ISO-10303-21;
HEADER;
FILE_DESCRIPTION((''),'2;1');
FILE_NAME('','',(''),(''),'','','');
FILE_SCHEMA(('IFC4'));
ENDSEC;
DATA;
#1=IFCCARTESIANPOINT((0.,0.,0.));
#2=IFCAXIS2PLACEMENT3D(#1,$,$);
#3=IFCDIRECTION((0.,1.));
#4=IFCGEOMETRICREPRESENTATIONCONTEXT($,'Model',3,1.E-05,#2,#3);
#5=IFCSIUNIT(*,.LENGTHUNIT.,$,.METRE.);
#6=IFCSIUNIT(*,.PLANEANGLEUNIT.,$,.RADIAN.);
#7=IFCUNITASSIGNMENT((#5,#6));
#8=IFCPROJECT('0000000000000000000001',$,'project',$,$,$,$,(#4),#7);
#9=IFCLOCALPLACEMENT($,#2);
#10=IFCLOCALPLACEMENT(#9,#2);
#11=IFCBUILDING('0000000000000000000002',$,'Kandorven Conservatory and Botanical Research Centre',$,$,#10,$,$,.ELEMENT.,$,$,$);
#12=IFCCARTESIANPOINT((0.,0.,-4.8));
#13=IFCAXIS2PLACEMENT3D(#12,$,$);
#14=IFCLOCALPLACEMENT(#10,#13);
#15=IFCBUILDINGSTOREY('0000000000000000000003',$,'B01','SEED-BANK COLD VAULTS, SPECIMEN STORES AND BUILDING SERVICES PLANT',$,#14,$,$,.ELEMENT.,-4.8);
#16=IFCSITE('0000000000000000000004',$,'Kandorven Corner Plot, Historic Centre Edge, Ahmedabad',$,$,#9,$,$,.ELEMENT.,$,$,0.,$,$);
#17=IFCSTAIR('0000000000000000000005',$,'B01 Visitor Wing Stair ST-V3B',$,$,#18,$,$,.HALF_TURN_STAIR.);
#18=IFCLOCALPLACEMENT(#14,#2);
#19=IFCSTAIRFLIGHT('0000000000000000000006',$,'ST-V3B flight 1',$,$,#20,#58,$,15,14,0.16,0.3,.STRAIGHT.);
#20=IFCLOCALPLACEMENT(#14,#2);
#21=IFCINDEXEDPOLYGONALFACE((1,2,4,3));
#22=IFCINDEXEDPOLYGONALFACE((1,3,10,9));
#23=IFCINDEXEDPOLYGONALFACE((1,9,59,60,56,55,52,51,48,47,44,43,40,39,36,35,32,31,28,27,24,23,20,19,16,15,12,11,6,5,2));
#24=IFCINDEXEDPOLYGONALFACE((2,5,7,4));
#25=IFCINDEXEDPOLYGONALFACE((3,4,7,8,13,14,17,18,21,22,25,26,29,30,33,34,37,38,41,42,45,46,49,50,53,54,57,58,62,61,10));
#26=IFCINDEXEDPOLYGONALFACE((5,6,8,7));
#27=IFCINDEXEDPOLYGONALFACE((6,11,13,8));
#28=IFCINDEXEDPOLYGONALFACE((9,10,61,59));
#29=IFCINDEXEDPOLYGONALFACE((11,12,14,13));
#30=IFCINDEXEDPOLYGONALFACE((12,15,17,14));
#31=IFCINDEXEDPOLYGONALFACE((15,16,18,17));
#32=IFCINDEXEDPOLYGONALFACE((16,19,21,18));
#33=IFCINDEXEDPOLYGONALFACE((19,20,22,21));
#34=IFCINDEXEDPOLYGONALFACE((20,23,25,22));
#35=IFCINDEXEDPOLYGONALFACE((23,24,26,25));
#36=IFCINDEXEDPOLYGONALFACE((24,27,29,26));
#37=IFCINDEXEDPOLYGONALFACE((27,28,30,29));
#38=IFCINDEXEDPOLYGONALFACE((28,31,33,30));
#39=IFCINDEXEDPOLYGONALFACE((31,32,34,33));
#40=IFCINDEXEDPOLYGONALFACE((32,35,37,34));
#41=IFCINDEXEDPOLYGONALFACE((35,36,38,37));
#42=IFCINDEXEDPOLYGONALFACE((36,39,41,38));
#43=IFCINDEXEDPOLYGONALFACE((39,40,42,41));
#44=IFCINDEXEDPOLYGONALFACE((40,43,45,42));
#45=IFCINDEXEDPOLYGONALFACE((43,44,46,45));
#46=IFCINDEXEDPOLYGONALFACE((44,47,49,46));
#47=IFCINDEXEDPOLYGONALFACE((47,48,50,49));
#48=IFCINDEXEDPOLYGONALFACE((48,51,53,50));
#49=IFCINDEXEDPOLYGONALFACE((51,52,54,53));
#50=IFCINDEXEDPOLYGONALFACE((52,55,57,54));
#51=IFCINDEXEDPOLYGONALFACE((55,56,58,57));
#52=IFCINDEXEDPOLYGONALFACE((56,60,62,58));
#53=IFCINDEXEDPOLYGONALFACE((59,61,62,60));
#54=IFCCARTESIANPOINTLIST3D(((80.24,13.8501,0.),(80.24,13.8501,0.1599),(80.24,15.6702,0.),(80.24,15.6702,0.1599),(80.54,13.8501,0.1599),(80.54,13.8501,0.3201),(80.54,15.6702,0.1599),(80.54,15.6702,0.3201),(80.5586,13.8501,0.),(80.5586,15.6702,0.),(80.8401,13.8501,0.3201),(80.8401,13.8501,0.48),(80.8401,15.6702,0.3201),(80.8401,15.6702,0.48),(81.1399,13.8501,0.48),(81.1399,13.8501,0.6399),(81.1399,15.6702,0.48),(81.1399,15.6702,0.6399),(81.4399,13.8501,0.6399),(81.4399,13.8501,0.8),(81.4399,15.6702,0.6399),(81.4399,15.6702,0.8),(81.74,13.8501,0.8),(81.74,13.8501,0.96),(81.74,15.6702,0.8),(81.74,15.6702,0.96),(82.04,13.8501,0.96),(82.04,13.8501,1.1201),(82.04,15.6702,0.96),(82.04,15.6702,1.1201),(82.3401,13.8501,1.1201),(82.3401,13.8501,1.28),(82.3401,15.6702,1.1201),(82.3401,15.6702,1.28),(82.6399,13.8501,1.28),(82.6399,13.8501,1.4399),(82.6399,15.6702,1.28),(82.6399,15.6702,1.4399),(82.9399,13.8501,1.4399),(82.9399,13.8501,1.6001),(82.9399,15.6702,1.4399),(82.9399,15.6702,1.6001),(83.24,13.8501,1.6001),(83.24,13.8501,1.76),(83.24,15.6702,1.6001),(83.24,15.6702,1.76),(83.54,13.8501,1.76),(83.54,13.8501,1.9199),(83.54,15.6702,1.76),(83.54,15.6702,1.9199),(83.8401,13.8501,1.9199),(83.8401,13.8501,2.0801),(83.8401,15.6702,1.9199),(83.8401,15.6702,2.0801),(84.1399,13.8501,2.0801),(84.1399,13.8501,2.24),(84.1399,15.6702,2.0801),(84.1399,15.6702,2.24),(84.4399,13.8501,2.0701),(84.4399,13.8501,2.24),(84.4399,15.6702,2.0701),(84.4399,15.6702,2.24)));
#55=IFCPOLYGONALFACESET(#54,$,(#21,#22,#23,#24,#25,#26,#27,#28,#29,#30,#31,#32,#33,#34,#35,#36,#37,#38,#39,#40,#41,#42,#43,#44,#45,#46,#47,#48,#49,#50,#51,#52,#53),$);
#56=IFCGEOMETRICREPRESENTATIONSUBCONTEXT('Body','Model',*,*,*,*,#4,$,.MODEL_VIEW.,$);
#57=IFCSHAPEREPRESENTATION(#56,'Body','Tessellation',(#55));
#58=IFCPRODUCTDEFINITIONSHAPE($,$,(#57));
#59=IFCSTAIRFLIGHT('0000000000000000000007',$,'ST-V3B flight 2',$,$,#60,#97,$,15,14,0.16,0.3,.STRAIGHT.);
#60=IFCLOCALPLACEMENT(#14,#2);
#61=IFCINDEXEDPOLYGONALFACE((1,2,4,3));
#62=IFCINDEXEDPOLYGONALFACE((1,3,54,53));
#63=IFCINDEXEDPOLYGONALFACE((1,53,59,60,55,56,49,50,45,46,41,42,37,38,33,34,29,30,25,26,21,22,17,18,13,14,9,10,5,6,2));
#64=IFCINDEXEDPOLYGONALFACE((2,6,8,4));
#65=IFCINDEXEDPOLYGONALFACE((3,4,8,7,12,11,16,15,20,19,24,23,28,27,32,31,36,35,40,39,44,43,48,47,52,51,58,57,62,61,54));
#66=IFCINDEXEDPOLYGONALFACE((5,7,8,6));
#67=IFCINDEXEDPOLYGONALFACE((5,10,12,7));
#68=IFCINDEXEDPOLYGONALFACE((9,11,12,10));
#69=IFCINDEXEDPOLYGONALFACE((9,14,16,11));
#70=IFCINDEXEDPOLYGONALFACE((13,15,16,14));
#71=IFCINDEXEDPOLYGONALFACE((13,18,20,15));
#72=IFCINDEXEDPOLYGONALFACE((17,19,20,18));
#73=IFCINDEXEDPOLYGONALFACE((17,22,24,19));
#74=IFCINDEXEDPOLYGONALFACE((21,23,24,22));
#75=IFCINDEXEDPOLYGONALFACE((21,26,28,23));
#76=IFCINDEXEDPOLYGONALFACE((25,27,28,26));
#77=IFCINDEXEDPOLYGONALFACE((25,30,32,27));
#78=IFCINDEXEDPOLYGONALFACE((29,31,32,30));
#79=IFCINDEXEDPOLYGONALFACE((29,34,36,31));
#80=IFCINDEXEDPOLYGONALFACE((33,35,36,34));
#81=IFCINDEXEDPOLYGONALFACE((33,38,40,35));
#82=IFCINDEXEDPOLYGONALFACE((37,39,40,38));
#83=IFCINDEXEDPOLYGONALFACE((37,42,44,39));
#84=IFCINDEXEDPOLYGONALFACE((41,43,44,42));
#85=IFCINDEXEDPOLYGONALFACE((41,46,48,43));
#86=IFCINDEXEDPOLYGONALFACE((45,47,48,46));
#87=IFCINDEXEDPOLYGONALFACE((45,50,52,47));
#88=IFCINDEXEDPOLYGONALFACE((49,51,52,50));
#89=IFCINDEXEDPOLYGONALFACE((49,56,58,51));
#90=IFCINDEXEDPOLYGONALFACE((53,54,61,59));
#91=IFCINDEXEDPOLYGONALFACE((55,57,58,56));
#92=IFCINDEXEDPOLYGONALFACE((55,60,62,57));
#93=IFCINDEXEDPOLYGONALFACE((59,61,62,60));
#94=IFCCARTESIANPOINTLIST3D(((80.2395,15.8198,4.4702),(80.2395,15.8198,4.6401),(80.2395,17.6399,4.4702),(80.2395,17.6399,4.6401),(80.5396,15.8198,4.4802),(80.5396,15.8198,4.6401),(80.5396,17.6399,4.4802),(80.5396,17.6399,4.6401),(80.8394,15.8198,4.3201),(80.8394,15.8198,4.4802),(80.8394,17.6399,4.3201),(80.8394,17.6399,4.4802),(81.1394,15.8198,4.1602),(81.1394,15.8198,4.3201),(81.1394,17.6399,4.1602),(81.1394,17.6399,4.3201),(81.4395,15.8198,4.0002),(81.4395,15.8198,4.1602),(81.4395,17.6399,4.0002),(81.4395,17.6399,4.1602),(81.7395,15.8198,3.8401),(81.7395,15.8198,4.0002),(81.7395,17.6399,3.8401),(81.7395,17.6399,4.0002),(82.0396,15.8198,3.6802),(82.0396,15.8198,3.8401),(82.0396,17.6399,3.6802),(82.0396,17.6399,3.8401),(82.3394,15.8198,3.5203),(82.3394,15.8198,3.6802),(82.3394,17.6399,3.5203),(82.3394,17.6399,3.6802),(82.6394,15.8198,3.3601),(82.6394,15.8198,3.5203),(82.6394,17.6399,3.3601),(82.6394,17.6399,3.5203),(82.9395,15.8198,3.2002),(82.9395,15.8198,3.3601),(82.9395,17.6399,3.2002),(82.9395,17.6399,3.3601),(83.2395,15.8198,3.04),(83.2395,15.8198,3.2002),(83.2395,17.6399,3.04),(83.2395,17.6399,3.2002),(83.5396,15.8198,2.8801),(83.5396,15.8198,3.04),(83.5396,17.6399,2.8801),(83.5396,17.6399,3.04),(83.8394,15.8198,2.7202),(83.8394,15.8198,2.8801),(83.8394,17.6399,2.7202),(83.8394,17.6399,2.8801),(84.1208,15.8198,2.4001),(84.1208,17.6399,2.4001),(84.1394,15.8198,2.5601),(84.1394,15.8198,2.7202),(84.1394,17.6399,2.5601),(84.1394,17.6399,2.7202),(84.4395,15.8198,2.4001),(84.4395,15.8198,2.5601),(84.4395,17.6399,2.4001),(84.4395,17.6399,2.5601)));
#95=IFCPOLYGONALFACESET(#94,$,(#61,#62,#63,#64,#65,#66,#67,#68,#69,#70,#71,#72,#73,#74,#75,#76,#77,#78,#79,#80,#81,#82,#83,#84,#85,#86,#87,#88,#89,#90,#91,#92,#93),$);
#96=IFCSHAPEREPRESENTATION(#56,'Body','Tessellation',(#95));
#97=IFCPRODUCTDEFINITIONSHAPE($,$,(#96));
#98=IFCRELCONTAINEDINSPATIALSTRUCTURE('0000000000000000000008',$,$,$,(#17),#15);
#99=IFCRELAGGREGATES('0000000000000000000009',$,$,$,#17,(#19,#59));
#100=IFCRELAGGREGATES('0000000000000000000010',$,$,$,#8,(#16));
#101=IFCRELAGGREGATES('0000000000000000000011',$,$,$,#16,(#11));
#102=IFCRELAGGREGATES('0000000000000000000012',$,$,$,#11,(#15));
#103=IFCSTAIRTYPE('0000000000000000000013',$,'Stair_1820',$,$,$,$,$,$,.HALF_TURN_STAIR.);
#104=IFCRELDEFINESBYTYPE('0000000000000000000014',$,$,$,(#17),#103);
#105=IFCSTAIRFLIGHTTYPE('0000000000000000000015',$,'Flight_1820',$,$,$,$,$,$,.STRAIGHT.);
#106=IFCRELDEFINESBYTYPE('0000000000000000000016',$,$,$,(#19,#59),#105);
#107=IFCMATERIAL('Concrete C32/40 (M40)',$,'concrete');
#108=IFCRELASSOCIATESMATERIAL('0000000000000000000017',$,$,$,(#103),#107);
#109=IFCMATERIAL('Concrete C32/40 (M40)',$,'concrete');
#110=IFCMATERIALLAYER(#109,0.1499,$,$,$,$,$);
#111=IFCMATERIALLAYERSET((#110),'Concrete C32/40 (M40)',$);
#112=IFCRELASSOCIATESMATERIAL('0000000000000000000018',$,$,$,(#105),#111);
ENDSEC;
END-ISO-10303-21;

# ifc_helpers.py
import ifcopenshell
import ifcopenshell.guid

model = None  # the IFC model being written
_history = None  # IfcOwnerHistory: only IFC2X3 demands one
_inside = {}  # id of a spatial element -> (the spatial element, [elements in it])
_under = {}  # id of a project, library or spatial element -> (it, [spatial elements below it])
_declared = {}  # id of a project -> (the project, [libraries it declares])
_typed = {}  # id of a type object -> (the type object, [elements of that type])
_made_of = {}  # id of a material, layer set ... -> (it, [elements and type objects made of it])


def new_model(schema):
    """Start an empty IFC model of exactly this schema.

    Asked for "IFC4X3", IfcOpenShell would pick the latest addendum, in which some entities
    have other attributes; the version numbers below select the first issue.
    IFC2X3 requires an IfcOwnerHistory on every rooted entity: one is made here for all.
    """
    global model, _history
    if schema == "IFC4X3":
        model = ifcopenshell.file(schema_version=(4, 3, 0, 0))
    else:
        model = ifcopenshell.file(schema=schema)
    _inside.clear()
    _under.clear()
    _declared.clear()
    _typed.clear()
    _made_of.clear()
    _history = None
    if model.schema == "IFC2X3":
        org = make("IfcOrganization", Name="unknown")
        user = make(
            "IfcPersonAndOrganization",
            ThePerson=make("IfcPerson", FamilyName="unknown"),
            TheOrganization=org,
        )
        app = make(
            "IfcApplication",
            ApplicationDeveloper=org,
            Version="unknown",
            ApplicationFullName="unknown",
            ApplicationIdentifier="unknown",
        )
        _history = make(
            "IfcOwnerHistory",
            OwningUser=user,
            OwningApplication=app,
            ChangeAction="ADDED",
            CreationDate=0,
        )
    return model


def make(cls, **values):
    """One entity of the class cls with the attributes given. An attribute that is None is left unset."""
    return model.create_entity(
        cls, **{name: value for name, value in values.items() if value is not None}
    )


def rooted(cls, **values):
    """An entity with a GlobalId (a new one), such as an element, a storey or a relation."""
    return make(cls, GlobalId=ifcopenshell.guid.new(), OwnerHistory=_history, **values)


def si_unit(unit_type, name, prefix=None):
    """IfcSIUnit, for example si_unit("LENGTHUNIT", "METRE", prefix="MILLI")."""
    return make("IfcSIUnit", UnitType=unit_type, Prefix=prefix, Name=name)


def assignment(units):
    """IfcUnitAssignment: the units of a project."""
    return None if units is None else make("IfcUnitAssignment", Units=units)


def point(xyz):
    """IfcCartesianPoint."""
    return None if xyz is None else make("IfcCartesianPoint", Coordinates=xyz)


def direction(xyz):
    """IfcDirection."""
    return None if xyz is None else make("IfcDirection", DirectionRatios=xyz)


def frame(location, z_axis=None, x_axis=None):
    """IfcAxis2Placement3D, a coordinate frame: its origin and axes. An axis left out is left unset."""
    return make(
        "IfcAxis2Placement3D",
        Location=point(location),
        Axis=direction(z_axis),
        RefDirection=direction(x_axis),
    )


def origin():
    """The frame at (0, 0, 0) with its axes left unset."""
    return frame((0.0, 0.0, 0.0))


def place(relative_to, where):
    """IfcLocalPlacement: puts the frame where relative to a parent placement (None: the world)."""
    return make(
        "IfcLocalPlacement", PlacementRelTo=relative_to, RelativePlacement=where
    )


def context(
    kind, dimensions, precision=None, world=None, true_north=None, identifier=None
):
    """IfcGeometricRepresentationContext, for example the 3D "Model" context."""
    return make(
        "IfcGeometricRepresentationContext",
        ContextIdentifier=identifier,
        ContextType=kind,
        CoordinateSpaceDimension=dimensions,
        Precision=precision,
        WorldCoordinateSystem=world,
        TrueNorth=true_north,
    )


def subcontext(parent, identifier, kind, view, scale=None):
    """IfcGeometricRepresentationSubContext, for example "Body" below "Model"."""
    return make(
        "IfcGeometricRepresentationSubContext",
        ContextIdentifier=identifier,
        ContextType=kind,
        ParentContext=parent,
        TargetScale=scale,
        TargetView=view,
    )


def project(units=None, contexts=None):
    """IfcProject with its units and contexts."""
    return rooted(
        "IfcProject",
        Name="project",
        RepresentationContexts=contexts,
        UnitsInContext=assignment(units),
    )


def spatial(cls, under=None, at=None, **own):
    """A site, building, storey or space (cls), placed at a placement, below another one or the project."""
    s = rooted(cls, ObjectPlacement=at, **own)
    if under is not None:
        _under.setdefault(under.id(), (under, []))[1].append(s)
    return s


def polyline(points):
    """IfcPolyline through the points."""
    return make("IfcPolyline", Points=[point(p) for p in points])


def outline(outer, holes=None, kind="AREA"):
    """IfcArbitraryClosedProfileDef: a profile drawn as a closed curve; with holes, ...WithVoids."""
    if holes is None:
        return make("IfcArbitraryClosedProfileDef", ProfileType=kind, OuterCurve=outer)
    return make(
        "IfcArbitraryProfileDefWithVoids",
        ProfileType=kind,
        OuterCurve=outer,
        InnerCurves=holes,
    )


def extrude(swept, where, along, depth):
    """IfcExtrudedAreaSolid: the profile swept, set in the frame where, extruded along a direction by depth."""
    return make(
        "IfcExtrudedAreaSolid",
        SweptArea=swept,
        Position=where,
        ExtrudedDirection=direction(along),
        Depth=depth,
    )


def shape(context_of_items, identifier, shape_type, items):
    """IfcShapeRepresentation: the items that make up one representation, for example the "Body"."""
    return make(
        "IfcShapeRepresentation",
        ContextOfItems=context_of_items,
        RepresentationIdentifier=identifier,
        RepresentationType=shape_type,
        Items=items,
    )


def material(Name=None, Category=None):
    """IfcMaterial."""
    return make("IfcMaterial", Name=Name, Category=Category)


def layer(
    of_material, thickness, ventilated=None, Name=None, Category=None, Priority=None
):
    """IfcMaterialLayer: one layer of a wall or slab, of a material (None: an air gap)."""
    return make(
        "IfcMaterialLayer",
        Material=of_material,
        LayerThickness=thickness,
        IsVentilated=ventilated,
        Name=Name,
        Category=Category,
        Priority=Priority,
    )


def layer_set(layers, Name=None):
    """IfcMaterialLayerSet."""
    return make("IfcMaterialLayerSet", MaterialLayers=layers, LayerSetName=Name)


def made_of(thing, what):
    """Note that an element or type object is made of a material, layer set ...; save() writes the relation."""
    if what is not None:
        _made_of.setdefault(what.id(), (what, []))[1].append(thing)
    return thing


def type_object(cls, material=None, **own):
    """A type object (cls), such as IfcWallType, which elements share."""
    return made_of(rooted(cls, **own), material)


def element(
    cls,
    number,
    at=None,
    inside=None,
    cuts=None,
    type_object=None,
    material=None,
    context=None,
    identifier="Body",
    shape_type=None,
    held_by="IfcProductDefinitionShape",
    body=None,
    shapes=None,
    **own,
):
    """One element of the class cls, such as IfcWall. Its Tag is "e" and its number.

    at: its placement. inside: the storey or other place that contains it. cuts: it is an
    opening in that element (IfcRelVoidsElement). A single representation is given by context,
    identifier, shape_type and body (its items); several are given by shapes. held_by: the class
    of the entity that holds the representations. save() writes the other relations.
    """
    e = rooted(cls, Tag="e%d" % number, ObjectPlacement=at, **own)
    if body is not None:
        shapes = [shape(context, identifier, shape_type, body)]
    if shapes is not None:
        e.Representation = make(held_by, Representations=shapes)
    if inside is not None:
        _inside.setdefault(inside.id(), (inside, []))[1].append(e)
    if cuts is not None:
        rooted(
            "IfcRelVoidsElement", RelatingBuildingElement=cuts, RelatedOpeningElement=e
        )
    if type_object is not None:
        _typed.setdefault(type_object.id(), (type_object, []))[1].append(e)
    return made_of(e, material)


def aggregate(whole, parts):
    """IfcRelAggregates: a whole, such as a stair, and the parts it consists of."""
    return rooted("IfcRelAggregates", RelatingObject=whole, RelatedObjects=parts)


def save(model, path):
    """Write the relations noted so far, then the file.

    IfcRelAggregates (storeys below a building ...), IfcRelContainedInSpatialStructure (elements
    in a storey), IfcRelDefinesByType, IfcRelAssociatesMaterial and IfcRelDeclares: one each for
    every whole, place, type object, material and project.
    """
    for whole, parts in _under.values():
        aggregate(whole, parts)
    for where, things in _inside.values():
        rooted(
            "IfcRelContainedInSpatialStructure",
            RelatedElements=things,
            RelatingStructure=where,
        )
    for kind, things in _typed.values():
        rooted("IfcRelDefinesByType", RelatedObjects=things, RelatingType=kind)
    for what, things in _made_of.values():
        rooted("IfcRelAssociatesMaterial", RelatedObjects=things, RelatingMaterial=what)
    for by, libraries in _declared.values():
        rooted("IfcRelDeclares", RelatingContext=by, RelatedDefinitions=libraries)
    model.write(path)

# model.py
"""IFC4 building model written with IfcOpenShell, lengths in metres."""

from ifc_helpers import new_model, si_unit, direction, frame, origin, place, context, subcontext, project, spatial, polyline, outline, extrude, material, layer, layer_set, type_object, element, aggregate, save


model = new_model("IFC4")

# Units and contexts
model_context = context("Model", 3, precision=1e-05, world=origin(), true_north=direction((0.0, 1.0)))
body_context = subcontext(model_context, "Body", "Model", "MODEL_VIEW")
ifc_project = project(units=[si_unit("LENGTHUNIT", "METRE"), si_unit("PLANEANGLEUNIT", "RADIAN")], contexts=[model_context])

# Site, building, storey
site_placement = place(None, origin())
site = spatial("IfcSite", under=ifc_project, at=site_placement, Name="Kandorven Corner Plot, Historic Centre Edge, Ahmedabad", CompositionType="ELEMENT", RefElevation=0.0)
building_placement = place(site_placement, origin())
building = spatial("IfcBuilding", under=site, at=building_placement, Name="Kandorven Conservatory and Botanical Research Centre", CompositionType="ELEMENT")
storey_placement = place(building_placement, frame((0.0, 0.0, -4.8)))
storey = spatial("IfcBuildingStorey", under=building, at=storey_placement, Name="B01", Description="SEED-BANK COLD VAULTS, SPECIMEN STORES AND BUILDING SERVICES PLANT", CompositionType="ELEMENT", Elevation=-4.8)

# Stair, stair flights
ifc_material_1 = material(Name="Concrete C32/40 (M40)", Category="concrete")
stair_type = type_object("IfcStairType", Name="Stair_1820", PredefinedType="HALF_TURN_STAIR", material=ifc_material_1)
stair_placement = place(storey_placement, origin())
stair = element("IfcStair", 1, at=stair_placement, inside=storey, type_object=stair_type, Name="B01 Visitor Wing Stair ST-V3B", PredefinedType="HALF_TURN_STAIR")
ifc_material_2 = material(Name="Concrete C32/40 (M40)", Category="concrete")
ifc_layer_1 = layer(ifc_material_2, 0.1499)
ifc_layer_set_1 = layer_set([ifc_layer_1], Name="Concrete C32/40 (M40)")
stair_flight_type = type_object("IfcStairFlightType", Name="Flight_1820", PredefinedType="STRAIGHT", material=ifc_layer_set_1)
stair_flight_1_placement = place(storey_placement, frame((80.24, 14.76, 0.0), z_axis=(0.0, 0.0, 1.0), x_axis=(1.0, 0.0, 0.0)))
stair_flight_1 = element("IfcStairFlight", 2, at=stair_flight_1_placement, type_object=stair_flight_type, Name="ST-V3B flight 1", NumberOfRisers=15, NumberOfTreads=14, PredefinedType="STRAIGHT", RiserHeight=0.16, TreadLength=0.3, context=body_context, shape_type="SweptSolid", body=[
    extrude(outline(polyline([(0.0, 0.0), (0.0, 0.1599), (0.3, 0.1599), (0.3, 0.3201), (0.6001, 0.3201), (0.6001, 0.48), (0.8999, 0.48), (0.8999, 0.6399), (1.2, 0.6399), (1.2, 0.8), (1.5, 0.8), (1.5, 0.96), (1.8, 0.96), (1.8, 1.1201), (2.1001, 1.1201), (2.1001, 1.28), (2.3999, 1.28), (2.3999, 1.4399), (2.7, 1.4399), (2.7, 1.6001), (3.0, 1.6001), (3.0, 1.76), (3.3, 1.76), (3.3, 1.9199), (3.6001, 1.9199), (3.6001, 2.0801), (3.8999, 2.0801), (3.8999, 2.24), (4.2, 2.24), (4.2, 2.3999), (4.2, 2.0701), (0.3186, 0.0), (0.0, 0.0)])), frame((0.0, 0.9102, 0.0), z_axis=(0.0, -1.0, 0.0), x_axis=(1.0, 0.0, 0.0)), (0.0, 0.0, 1.0), 1.8201),
])
stair_flight_2_placement = place(storey_placement, frame((84.4395, 16.73, 2.4001), z_axis=(0.0, 0.0, 1.0), x_axis=(-1.0, 0.0, 0.0)))
stair_flight_2 = element("IfcStairFlight", 3, at=stair_flight_2_placement, type_object=stair_flight_type, Name="ST-V3B flight 2", NumberOfRisers=15, NumberOfTreads=14, PredefinedType="STRAIGHT", RiserHeight=0.16, TreadLength=0.3, context=body_context, shape_type="SweptSolid", body=[
    extrude(outline(polyline([(0.0, 0.0), (0.0, 0.1599), (0.3, 0.1599), (0.3, 0.3201), (0.6001, 0.3201), (0.6001, 0.48), (0.8999, 0.48), (0.8999, 0.6399), (1.2, 0.6399), (1.2, 0.8), (1.5, 0.8), (1.5, 0.96), (1.8, 0.96), (1.8, 1.1201), (2.1001, 1.1201), (2.1001, 1.28), (2.3999, 1.28), (2.3999, 1.4399), (2.7, 1.4399), (2.7, 1.6001), (3.0, 1.6001), (3.0, 1.76), (3.3, 1.76), (3.3, 1.9199), (3.6001, 1.9199), (3.6001, 2.0801), (3.8999, 2.0801), (3.8999, 2.24), (4.2, 2.24), (4.2, 2.3999), (4.2, 2.0701), (0.3186, 0.0), (0.0, 0.0)])), frame((0.0, 0.9102, 0.0), z_axis=(0.0, -1.0, 0.0), x_axis=(1.0, 0.0, 0.0)), (0.0, 0.0, 1.0), 1.8201),
])
aggregate(stair, [stair_flight_1, stair_flight_2])

save(model, "model.ifc")
